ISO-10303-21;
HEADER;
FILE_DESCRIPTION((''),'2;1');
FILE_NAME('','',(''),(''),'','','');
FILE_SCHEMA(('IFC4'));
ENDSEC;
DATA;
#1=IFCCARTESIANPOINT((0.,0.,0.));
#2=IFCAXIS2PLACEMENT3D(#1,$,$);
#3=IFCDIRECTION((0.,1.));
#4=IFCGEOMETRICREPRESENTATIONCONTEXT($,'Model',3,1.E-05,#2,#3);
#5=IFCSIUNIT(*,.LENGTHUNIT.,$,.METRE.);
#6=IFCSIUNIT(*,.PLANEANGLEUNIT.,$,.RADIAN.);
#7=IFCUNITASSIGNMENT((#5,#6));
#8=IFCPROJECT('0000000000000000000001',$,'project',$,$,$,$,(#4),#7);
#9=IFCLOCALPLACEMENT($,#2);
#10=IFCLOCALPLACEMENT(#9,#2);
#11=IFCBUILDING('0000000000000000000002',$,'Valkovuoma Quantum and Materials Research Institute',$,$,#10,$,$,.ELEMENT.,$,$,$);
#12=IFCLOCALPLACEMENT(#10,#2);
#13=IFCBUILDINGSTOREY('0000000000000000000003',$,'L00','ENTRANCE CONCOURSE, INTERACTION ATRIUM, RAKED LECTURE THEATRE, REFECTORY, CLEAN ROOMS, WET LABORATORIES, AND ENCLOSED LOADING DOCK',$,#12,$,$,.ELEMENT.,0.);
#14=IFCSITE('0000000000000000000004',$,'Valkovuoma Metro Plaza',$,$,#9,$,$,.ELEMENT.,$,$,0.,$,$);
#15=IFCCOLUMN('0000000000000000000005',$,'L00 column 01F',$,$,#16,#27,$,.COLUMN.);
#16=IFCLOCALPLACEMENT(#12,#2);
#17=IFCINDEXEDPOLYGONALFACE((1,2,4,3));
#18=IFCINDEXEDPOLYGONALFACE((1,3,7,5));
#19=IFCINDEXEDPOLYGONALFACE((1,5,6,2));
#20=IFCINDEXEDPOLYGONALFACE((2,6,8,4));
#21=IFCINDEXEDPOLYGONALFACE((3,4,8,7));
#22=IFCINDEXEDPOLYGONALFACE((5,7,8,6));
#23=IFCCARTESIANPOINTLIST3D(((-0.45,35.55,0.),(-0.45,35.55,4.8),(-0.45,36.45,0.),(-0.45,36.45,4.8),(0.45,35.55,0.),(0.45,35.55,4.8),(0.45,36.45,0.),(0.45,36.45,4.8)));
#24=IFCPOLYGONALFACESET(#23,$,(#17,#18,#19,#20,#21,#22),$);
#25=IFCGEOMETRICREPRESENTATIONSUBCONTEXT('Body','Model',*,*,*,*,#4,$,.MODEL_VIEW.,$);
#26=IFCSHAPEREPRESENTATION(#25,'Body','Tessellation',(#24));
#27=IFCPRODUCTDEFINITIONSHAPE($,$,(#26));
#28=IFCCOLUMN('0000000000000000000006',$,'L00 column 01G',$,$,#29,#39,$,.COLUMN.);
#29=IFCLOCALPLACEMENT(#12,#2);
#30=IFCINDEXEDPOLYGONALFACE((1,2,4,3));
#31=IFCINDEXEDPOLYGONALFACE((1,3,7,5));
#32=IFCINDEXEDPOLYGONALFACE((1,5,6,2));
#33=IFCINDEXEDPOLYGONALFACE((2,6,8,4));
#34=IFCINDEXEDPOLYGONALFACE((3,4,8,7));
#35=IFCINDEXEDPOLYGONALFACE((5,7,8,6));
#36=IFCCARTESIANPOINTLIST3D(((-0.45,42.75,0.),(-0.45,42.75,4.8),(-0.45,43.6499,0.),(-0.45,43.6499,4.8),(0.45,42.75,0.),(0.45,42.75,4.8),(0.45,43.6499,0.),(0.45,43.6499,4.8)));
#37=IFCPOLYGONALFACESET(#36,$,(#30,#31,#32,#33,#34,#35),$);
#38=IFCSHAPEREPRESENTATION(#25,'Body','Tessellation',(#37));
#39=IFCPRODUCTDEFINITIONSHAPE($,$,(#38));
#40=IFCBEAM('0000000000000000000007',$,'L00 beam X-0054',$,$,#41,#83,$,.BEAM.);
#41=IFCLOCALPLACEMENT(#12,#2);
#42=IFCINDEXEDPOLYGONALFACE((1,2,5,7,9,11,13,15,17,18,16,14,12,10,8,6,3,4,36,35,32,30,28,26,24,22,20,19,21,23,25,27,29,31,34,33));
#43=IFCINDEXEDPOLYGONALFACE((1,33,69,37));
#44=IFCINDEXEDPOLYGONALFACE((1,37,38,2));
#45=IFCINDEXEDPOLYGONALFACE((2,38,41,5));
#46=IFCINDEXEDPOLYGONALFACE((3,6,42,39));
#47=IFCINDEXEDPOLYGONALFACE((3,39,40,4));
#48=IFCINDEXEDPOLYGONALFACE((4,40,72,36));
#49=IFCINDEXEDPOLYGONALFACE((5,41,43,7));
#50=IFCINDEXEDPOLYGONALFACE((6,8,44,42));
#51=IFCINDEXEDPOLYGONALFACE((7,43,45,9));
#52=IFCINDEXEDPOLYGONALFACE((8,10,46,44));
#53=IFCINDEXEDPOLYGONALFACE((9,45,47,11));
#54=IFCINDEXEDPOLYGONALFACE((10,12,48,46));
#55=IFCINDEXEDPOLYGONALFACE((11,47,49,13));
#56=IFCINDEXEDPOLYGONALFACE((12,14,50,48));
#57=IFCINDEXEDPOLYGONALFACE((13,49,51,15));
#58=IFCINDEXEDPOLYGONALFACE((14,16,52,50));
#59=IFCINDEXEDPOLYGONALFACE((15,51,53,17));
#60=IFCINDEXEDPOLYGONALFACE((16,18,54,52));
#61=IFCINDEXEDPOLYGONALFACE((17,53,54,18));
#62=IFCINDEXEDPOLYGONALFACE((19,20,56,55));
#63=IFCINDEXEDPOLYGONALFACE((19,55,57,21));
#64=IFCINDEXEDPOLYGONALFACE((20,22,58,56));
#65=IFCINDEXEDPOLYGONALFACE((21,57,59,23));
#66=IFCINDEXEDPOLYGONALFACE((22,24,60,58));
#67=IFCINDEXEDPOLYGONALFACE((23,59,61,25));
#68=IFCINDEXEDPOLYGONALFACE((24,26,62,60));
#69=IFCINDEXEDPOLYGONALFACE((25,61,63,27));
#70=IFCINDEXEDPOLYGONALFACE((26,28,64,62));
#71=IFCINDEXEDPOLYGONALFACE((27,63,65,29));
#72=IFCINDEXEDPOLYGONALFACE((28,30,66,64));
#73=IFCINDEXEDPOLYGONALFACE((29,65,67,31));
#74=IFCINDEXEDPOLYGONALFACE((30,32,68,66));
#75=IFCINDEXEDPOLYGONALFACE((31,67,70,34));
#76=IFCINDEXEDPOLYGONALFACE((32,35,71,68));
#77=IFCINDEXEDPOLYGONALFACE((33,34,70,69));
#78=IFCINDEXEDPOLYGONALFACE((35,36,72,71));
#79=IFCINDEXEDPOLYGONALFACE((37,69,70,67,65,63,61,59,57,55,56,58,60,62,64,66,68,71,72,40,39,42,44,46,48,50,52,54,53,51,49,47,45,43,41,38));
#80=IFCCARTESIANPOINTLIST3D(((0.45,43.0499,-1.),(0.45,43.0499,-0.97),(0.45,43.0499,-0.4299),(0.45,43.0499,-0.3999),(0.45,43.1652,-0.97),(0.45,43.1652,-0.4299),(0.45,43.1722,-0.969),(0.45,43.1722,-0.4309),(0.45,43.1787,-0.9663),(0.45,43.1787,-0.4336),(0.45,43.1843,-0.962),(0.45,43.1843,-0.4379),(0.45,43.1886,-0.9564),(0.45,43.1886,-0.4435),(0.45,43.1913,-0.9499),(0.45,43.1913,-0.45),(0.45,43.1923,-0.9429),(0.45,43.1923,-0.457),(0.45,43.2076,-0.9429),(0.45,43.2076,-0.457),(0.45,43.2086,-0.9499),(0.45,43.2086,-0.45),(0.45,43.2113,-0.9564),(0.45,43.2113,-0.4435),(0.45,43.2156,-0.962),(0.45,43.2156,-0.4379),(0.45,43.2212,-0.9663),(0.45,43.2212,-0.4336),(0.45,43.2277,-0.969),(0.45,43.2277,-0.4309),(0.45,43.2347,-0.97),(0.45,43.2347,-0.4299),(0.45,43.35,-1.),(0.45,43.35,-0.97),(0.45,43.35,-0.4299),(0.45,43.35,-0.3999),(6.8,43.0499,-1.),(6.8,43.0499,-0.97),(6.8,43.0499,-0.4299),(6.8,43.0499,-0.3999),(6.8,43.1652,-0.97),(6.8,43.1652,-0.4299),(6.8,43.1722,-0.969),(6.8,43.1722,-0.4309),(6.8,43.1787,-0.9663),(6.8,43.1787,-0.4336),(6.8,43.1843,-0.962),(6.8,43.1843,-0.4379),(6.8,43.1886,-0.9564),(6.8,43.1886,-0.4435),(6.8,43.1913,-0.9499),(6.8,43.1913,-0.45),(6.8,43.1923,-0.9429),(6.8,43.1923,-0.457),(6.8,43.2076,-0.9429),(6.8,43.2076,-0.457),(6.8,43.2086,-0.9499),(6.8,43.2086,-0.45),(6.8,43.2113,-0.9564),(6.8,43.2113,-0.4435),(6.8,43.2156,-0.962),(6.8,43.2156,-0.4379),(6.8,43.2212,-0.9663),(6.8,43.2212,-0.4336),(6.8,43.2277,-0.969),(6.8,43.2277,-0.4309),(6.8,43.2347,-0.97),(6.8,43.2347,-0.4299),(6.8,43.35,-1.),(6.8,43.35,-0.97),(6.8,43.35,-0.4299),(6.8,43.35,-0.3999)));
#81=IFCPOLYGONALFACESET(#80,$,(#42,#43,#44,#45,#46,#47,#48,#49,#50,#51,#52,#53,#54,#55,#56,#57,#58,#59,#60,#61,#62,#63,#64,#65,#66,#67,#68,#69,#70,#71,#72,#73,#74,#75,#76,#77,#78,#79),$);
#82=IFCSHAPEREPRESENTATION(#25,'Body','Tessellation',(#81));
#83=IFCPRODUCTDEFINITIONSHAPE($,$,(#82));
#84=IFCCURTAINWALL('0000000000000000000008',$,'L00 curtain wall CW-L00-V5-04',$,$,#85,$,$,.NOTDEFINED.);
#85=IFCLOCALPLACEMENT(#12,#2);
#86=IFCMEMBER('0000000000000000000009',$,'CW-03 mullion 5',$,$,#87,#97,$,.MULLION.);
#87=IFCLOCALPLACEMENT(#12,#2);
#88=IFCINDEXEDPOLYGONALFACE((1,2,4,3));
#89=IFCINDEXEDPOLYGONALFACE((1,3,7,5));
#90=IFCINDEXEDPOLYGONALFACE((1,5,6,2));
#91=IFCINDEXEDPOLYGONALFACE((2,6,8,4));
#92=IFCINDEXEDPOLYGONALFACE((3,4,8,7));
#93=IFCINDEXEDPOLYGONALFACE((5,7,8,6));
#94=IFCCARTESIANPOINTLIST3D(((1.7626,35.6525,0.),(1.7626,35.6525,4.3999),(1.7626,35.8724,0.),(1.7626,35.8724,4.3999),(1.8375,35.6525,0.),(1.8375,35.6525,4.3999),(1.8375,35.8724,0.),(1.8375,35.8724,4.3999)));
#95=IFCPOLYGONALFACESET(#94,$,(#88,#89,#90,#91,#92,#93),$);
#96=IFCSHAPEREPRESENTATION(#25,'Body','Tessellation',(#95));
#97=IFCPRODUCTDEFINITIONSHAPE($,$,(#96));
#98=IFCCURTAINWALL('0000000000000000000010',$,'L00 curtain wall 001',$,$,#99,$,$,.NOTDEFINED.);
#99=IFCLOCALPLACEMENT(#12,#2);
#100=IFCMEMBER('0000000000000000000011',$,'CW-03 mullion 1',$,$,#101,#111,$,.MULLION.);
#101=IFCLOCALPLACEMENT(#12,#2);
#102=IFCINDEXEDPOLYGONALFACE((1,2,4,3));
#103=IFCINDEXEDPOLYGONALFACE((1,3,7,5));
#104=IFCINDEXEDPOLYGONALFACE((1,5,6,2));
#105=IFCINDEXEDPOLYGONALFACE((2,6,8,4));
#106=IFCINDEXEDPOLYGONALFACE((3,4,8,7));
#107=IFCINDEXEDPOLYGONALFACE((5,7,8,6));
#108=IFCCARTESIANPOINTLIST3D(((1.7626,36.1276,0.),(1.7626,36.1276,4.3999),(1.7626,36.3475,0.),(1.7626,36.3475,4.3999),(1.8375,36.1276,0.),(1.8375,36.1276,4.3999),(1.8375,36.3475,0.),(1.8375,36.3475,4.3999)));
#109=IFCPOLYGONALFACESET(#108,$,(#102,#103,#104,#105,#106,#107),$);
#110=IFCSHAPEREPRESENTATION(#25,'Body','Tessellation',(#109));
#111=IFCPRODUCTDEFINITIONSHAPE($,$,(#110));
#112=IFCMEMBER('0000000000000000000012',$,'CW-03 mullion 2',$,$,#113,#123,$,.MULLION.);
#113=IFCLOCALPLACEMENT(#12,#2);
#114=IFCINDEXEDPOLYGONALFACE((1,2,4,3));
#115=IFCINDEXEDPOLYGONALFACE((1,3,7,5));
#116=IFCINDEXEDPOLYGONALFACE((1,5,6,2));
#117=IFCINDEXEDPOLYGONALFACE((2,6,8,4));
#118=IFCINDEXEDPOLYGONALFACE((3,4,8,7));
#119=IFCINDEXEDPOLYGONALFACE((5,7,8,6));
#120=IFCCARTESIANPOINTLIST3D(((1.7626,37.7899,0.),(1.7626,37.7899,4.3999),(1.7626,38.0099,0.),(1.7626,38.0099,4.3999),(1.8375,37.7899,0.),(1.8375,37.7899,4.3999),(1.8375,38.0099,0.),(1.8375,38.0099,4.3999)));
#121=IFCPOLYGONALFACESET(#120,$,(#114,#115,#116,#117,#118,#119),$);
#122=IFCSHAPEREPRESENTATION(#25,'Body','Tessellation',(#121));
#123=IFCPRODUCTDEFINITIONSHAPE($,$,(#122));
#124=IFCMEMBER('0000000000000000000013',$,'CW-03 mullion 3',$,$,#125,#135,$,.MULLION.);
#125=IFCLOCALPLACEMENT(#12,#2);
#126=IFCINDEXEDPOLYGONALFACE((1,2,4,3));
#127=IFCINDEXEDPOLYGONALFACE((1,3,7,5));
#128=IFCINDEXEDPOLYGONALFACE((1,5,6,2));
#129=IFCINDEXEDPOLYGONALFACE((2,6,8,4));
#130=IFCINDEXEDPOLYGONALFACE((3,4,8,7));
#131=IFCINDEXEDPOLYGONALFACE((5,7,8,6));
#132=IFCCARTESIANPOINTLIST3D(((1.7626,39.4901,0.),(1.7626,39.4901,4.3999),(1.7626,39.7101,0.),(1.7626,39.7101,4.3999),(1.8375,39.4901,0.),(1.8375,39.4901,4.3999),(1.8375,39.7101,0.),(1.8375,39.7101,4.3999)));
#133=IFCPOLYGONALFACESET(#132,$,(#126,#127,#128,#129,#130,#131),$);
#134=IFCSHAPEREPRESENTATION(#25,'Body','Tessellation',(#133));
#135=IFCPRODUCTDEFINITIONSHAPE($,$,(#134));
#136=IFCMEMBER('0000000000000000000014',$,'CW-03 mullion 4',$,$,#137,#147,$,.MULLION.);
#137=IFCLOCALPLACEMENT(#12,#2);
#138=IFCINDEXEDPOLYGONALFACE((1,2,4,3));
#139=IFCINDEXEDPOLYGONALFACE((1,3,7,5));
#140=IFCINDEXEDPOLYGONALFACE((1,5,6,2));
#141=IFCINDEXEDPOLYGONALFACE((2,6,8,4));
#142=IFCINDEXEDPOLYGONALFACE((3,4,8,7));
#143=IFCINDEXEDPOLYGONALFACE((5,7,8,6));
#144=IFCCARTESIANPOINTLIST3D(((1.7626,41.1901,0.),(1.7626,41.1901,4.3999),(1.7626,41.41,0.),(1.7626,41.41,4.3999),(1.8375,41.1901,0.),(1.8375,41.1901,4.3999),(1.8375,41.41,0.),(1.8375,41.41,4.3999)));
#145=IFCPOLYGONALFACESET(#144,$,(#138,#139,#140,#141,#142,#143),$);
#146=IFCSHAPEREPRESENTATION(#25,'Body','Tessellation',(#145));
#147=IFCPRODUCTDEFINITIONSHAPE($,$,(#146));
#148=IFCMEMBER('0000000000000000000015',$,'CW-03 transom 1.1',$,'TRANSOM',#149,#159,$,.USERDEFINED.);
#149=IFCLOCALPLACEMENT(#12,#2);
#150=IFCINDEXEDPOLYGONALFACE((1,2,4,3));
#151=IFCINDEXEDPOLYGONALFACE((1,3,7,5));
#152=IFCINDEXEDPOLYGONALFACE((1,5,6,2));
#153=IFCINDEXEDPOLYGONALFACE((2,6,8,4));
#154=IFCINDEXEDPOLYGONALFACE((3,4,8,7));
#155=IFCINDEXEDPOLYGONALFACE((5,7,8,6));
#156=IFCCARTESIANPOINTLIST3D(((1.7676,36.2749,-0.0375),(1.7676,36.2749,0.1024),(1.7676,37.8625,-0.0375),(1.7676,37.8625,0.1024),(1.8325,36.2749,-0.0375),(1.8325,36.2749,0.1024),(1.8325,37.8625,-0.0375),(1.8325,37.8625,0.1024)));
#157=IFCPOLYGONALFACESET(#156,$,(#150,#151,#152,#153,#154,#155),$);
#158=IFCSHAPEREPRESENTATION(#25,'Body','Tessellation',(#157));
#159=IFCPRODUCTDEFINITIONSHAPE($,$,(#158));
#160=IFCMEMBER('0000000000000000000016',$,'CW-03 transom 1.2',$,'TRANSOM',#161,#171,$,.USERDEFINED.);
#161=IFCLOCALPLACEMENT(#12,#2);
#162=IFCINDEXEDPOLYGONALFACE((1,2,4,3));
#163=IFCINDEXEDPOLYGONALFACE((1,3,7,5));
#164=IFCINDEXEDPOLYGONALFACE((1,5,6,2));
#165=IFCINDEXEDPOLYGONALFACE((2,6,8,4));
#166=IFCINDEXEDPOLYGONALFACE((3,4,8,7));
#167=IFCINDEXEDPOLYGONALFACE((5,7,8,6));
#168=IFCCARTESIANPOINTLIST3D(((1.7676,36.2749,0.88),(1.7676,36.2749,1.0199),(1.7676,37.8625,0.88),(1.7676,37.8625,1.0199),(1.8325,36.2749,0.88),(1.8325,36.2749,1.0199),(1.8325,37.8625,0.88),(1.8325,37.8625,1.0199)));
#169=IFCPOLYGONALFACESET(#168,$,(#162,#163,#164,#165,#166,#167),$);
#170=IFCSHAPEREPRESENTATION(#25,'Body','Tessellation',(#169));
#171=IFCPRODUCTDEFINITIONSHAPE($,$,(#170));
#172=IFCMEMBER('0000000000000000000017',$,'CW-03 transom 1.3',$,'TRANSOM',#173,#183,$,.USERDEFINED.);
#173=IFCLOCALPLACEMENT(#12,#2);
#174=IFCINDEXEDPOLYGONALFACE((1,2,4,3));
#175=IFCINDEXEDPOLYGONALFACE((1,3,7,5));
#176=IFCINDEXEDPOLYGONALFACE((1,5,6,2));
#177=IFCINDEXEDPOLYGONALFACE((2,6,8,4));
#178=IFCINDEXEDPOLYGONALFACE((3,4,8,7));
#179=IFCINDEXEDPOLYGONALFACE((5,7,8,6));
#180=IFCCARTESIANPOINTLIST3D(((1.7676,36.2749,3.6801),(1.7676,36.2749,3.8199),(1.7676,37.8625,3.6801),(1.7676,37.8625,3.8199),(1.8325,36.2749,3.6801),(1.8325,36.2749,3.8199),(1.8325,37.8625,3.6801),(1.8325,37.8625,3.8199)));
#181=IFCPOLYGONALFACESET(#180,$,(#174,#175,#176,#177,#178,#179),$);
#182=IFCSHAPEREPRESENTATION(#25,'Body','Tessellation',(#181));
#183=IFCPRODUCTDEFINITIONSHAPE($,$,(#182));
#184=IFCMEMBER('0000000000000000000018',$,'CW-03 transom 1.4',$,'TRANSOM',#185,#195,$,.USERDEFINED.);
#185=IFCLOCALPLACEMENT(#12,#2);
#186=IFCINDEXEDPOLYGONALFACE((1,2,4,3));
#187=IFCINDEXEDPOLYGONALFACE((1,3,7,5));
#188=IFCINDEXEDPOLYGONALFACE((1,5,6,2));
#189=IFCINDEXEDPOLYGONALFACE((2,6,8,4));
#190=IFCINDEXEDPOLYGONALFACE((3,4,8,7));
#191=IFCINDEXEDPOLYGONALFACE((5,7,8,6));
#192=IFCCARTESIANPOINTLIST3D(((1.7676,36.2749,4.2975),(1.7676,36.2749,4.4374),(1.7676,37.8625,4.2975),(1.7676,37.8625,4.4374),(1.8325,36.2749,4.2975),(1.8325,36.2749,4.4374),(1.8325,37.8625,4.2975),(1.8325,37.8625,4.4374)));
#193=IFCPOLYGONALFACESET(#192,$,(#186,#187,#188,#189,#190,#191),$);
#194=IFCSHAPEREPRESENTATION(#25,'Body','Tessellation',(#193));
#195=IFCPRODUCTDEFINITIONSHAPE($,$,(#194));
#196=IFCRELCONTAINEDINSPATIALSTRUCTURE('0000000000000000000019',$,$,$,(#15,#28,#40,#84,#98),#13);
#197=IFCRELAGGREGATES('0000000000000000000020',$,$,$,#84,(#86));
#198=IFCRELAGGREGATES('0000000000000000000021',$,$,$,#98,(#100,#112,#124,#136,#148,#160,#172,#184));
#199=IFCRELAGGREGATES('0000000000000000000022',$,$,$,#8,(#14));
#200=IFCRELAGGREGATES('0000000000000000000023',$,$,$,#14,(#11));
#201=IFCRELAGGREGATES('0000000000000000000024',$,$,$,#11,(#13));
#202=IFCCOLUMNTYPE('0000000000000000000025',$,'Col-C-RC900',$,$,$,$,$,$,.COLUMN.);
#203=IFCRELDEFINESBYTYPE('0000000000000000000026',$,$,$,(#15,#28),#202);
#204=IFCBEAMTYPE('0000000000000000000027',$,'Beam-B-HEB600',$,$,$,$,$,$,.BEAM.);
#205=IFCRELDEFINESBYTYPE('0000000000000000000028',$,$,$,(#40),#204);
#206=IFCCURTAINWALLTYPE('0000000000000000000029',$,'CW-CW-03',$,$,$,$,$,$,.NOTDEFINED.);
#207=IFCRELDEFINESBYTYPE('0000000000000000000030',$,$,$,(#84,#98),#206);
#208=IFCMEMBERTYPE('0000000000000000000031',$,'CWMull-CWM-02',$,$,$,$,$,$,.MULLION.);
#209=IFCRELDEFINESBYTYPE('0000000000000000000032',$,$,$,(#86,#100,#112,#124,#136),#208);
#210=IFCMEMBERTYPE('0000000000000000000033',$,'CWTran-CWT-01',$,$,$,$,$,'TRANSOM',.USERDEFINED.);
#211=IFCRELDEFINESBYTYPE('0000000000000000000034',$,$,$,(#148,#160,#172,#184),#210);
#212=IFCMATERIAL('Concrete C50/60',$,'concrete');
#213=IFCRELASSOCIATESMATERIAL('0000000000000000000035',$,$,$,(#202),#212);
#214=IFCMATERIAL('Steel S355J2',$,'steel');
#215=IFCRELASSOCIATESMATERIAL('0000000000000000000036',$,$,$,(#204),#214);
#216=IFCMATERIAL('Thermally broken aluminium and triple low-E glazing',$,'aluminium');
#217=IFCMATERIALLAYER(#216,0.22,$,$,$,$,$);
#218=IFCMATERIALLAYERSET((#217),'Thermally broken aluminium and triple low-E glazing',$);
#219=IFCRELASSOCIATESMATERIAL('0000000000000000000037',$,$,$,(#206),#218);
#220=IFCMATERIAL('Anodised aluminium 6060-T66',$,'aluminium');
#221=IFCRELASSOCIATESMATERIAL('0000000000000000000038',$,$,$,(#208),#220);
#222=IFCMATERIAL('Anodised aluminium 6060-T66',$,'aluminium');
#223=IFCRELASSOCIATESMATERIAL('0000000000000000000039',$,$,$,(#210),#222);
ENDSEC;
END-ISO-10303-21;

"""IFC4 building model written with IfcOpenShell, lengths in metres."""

from ifc_helpers import new_model, si_unit, direction, frame, origin, origin_2d, place, context, subcontext, project, spatial, rectangle, i_section, extrude, material, layer, layer_set, material_profile, profile_set, type_object, element, aggregate, save


model = new_model("IFC4")

# Units and contexts
model_context = context("Model", 3, precision=1e-05, world=origin(), true_north=direction((0.0, 1.0)))
body_context = subcontext(model_context, "Body", "Model", "MODEL_VIEW")
ifc_project = project(units=[si_unit("LENGTHUNIT", "METRE"), si_unit("PLANEANGLEUNIT", "RADIAN")], contexts=[model_context])

# Site, building, storey
site_placement = place(None, origin())
site = spatial("IfcSite", under=ifc_project, at=site_placement, Name="Valkovuoma Metro Plaza", CompositionType="ELEMENT", RefElevation=0.0)
building_placement = place(site_placement, origin())
building = spatial("IfcBuilding", under=site, at=building_placement, Name="Valkovuoma Quantum and Materials Research Institute", CompositionType="ELEMENT")
storey_placement = place(building_placement, origin())
storey = spatial("IfcBuildingStorey", under=building, at=storey_placement, Name="L00", Description="ENTRANCE CONCOURSE, INTERACTION ATRIUM, RAKED LECTURE THEATRE, REFECTORY, CLEAN ROOMS, WET LABORATORIES, AND ENCLOSED LOADING DOCK", CompositionType="ELEMENT", Elevation=0.0)

# Columns
ifc_material_1 = material(Name="Concrete C50/60", Category="concrete")
ifc_material_profile_1 = material_profile(ifc_material_1, rectangle(XDim=0.8999, YDim=0.8999, at=origin_2d()), Name="Concrete C50/60")
ifc_profile_set_1 = profile_set([ifc_material_profile_1], Name="Concrete C50/60")
column_type = type_object("IfcColumnType", Name="Col-C-RC900", PredefinedType="COLUMN", material=ifc_profile_set_1)
for number, where, z_axis, x_axis, name in (
    (1, (0.0, 36.0, 0.0), (0.0, 0.0, 1.0), (1.0, 0.0, 0.0), "L00 column 01F"),
    (2, (0.0, 43.2, 0.0), (0.0, 0.0, 1.0), (1.0, 0.0, 0.0), "L00 column 01G"),
):
    element("IfcColumn", number, at=place(storey_placement, frame(where, z_axis=z_axis, x_axis=x_axis)), inside=storey, type_object=column_type, Name=name, PredefinedType="COLUMN", context=body_context, shape_type="SweptSolid", body=[
        extrude(rectangle(XDim=0.8999, YDim=0.8999, at=origin_2d()), origin(), (0.0, 0.0, 1.0), 4.8),
    ])

# Beam
ifc_material_2 = material(Name="Steel S355J2", Category="steel")
ifc_material_profile_2 = material_profile(ifc_material_2, i_section(OverallWidth=0.3, OverallDepth=0.6001, WebThickness=0.0154, FlangeThickness=0.03, FilletRadius=0.0271, at=origin_2d()), Name="Steel S355J2")
ifc_profile_set_2 = profile_set([ifc_material_profile_2], Name="Steel S355J2")
beam_type = type_object("IfcBeamType", Name="Beam-B-HEB600", PredefinedType="BEAM", material=ifc_profile_set_2)
beam_placement = place(storey_placement, frame((0.45, 43.2, -0.7), z_axis=(1.0, 0.0, 0.0), x_axis=(0.0, 1.0, 0.0)))
element("IfcBeam", 3, at=beam_placement, inside=storey, type_object=beam_type, Name="L00 beam X-0054", PredefinedType="BEAM", context=body_context, shape_type="SweptSolid", body=[
    extrude(i_section(OverallWidth=0.3, OverallDepth=0.6001, WebThickness=0.0154, FlangeThickness=0.03, FilletRadius=0.0271, at=origin_2d()), origin(), (0.0, 0.0, 1.0), 6.3501),
])

# Curtain wall, member
ifc_material_3 = material(Name="Thermally broken aluminium and triple low-E glazing", Category="aluminium")
ifc_layer_1 = layer(ifc_material_3, 0.22)
ifc_layer_set_1 = layer_set([ifc_layer_1], Name="Thermally broken aluminium and triple low-E glazing")
curtain_wall_type = type_object("IfcCurtainWallType", Name="CW-CW-03", PredefinedType="NOTDEFINED", material=ifc_layer_set_1)
curtain_wall_1_placement = place(storey_placement, origin())
curtain_wall_1 = element("IfcCurtainWall", 4, at=curtain_wall_1_placement, inside=storey, type_object=curtain_wall_type, Name="L00 curtain wall CW-L00-V5-04", PredefinedType="NOTDEFINED")
ifc_material_4 = material(Name="Anodised aluminium 6060-T66", Category="aluminium")
ifc_material_profile_3 = material_profile(ifc_material_4, rectangle(XDim=0.075, YDim=0.22, at=origin_2d()), Name="Anodised aluminium 6060-T66")
ifc_profile_set_3 = profile_set([ifc_material_profile_3], Name="Anodised aluminium 6060-T66")
member_type_1 = type_object("IfcMemberType", Name="CWMull-CWM-02", PredefinedType="MULLION", material=ifc_profile_set_3)
member_1_placement = place(storey_placement, frame((1.8, 35.7625, 0.0), z_axis=(0.0, 0.0, 1.0), x_axis=(-1.0, 0.0, 0.0)))
member_1 = element("IfcMember", 5, at=member_1_placement, type_object=member_type_1, Name="CW-03 mullion 5", PredefinedType="MULLION", context=body_context, shape_type="SweptSolid", body=[
    extrude(rectangle(XDim=0.075, YDim=0.22, at=origin_2d()), origin(), (0.0, 0.0, 1.0), 4.3999),
])
aggregate(curtain_wall_1, [member_1])

# Curtain wall, members
curtain_wall_2_placement = place(storey_placement, origin())
curtain_wall_2 = element("IfcCurtainWall", 6, at=curtain_wall_2_placement, inside=storey, type_object=curtain_wall_type, Name="L00 curtain wall 001", PredefinedType="NOTDEFINED")
member_2_placement = place(storey_placement, frame((1.8, 36.2375, 0.0), z_axis=(0.0, 0.0, 1.0), x_axis=(-1.0, 0.0, 0.0)))
member_2 = element("IfcMember", 7, at=member_2_placement, type_object=member_type_1, Name="CW-03 mullion 1", PredefinedType="MULLION", context=body_context, shape_type="SweptSolid", body=[
    extrude(rectangle(XDim=0.075, YDim=0.22, at=origin_2d()), origin(), (0.0, 0.0, 1.0), 4.3999),
])
member_3_placement = place(storey_placement, frame((1.8, 37.8999, 0.0), z_axis=(0.0, 0.0, 1.0), x_axis=(-1.0, 0.0, 0.0)))
member_3 = element("IfcMember", 8, at=member_3_placement, type_object=member_type_1, Name="CW-03 mullion 2", PredefinedType="MULLION", context=body_context, shape_type="SweptSolid", body=[
    extrude(rectangle(XDim=0.075, YDim=0.22, at=origin_2d()), origin(), (0.0, 0.0, 1.0), 4.3999),
])
member_4_placement = place(storey_placement, frame((1.8, 39.6001, 0.0), z_axis=(0.0, 0.0, 1.0), x_axis=(-1.0, 0.0, 0.0)))
member_4 = element("IfcMember", 9, at=member_4_placement, type_object=member_type_1, Name="CW-03 mullion 3", PredefinedType="MULLION", context=body_context, shape_type="SweptSolid", body=[
    extrude(rectangle(XDim=0.075, YDim=0.22, at=origin_2d()), origin(), (0.0, 0.0, 1.0), 4.3999),
])
member_5_placement = place(storey_placement, frame((1.8, 41.3, 0.0), z_axis=(0.0, 0.0, 1.0), x_axis=(-1.0, 0.0, 0.0)))
member_5 = element("IfcMember", 10, at=member_5_placement, type_object=member_type_1, Name="CW-03 mullion 4", PredefinedType="MULLION", context=body_context, shape_type="SweptSolid", body=[
    extrude(rectangle(XDim=0.075, YDim=0.22, at=origin_2d()), origin(), (0.0, 0.0, 1.0), 4.3999),
])
ifc_material_5 = material(Name="Anodised aluminium 6060-T66", Category="aluminium")
ifc_material_profile_4 = material_profile(ifc_material_5, rectangle(XDim=0.0649, YDim=0.1399, at=origin_2d()), Name="Anodised aluminium 6060-T66")
ifc_profile_set_4 = profile_set([ifc_material_profile_4], Name="Anodised aluminium 6060-T66")
member_type_2 = type_object("IfcMemberType", Name="CWTran-CWT-01", ElementType="TRANSOM", PredefinedType="USERDEFINED", material=ifc_profile_set_4)
member_6_placement = place(storey_placement, frame((1.8, 36.2749, 0.0325), z_axis=(0.0, 1.0, 0.0), x_axis=(-1.0, 0.0, 0.0)))
member_6 = element("IfcMember", 11, at=member_6_placement, type_object=member_type_2, Name="CW-03 transom 1.1", ObjectType="TRANSOM", PredefinedType="USERDEFINED", context=body_context, shape_type="SweptSolid", body=[
    extrude(rectangle(XDim=0.0649, YDim=0.1399, at=origin_2d()), origin(), (0.0, 0.0, 1.0), 1.5876),
])
member_7_placement = place(storey_placement, frame((1.8, 36.2749, 0.95), z_axis=(0.0, 1.0, 0.0), x_axis=(-1.0, 0.0, 0.0)))
member_7 = element("IfcMember", 12, at=member_7_placement, type_object=member_type_2, Name="CW-03 transom 1.2", ObjectType="TRANSOM", PredefinedType="USERDEFINED", context=body_context, shape_type="SweptSolid", body=[
    extrude(rectangle(XDim=0.0649, YDim=0.1399, at=origin_2d()), origin(), (0.0, 0.0, 1.0), 1.5876),
])
member_8_placement = place(storey_placement, frame((1.8, 36.2749, 3.75), z_axis=(0.0, 1.0, 0.0), x_axis=(-1.0, 0.0, 0.0)))
member_8 = element("IfcMember", 13, at=member_8_placement, type_object=member_type_2, Name="CW-03 transom 1.3", ObjectType="TRANSOM", PredefinedType="USERDEFINED", context=body_context, shape_type="SweptSolid", body=[
    extrude(rectangle(XDim=0.0649, YDim=0.1399, at=origin_2d()), origin(), (0.0, 0.0, 1.0), 1.5876),
])
member_9_placement = place(storey_placement, frame((1.8, 36.2749, 4.3674), z_axis=(0.0, 1.0, 0.0), x_axis=(-1.0, 0.0, 0.0)))
member_9 = element("IfcMember", 14, at=member_9_placement, type_object=member_type_2, Name="CW-03 transom 1.4", ObjectType="TRANSOM", PredefinedType="USERDEFINED", context=body_context, shape_type="SweptSolid", body=[
    extrude(rectangle(XDim=0.0649, YDim=0.1399, at=origin_2d()), origin(), (0.0, 0.0, 1.0), 1.5876),
])
aggregate(curtain_wall_2, [member_2, member_3, member_4, member_5, member_6, member_7, member_8, member_9])

save(model, "model.ifc")
